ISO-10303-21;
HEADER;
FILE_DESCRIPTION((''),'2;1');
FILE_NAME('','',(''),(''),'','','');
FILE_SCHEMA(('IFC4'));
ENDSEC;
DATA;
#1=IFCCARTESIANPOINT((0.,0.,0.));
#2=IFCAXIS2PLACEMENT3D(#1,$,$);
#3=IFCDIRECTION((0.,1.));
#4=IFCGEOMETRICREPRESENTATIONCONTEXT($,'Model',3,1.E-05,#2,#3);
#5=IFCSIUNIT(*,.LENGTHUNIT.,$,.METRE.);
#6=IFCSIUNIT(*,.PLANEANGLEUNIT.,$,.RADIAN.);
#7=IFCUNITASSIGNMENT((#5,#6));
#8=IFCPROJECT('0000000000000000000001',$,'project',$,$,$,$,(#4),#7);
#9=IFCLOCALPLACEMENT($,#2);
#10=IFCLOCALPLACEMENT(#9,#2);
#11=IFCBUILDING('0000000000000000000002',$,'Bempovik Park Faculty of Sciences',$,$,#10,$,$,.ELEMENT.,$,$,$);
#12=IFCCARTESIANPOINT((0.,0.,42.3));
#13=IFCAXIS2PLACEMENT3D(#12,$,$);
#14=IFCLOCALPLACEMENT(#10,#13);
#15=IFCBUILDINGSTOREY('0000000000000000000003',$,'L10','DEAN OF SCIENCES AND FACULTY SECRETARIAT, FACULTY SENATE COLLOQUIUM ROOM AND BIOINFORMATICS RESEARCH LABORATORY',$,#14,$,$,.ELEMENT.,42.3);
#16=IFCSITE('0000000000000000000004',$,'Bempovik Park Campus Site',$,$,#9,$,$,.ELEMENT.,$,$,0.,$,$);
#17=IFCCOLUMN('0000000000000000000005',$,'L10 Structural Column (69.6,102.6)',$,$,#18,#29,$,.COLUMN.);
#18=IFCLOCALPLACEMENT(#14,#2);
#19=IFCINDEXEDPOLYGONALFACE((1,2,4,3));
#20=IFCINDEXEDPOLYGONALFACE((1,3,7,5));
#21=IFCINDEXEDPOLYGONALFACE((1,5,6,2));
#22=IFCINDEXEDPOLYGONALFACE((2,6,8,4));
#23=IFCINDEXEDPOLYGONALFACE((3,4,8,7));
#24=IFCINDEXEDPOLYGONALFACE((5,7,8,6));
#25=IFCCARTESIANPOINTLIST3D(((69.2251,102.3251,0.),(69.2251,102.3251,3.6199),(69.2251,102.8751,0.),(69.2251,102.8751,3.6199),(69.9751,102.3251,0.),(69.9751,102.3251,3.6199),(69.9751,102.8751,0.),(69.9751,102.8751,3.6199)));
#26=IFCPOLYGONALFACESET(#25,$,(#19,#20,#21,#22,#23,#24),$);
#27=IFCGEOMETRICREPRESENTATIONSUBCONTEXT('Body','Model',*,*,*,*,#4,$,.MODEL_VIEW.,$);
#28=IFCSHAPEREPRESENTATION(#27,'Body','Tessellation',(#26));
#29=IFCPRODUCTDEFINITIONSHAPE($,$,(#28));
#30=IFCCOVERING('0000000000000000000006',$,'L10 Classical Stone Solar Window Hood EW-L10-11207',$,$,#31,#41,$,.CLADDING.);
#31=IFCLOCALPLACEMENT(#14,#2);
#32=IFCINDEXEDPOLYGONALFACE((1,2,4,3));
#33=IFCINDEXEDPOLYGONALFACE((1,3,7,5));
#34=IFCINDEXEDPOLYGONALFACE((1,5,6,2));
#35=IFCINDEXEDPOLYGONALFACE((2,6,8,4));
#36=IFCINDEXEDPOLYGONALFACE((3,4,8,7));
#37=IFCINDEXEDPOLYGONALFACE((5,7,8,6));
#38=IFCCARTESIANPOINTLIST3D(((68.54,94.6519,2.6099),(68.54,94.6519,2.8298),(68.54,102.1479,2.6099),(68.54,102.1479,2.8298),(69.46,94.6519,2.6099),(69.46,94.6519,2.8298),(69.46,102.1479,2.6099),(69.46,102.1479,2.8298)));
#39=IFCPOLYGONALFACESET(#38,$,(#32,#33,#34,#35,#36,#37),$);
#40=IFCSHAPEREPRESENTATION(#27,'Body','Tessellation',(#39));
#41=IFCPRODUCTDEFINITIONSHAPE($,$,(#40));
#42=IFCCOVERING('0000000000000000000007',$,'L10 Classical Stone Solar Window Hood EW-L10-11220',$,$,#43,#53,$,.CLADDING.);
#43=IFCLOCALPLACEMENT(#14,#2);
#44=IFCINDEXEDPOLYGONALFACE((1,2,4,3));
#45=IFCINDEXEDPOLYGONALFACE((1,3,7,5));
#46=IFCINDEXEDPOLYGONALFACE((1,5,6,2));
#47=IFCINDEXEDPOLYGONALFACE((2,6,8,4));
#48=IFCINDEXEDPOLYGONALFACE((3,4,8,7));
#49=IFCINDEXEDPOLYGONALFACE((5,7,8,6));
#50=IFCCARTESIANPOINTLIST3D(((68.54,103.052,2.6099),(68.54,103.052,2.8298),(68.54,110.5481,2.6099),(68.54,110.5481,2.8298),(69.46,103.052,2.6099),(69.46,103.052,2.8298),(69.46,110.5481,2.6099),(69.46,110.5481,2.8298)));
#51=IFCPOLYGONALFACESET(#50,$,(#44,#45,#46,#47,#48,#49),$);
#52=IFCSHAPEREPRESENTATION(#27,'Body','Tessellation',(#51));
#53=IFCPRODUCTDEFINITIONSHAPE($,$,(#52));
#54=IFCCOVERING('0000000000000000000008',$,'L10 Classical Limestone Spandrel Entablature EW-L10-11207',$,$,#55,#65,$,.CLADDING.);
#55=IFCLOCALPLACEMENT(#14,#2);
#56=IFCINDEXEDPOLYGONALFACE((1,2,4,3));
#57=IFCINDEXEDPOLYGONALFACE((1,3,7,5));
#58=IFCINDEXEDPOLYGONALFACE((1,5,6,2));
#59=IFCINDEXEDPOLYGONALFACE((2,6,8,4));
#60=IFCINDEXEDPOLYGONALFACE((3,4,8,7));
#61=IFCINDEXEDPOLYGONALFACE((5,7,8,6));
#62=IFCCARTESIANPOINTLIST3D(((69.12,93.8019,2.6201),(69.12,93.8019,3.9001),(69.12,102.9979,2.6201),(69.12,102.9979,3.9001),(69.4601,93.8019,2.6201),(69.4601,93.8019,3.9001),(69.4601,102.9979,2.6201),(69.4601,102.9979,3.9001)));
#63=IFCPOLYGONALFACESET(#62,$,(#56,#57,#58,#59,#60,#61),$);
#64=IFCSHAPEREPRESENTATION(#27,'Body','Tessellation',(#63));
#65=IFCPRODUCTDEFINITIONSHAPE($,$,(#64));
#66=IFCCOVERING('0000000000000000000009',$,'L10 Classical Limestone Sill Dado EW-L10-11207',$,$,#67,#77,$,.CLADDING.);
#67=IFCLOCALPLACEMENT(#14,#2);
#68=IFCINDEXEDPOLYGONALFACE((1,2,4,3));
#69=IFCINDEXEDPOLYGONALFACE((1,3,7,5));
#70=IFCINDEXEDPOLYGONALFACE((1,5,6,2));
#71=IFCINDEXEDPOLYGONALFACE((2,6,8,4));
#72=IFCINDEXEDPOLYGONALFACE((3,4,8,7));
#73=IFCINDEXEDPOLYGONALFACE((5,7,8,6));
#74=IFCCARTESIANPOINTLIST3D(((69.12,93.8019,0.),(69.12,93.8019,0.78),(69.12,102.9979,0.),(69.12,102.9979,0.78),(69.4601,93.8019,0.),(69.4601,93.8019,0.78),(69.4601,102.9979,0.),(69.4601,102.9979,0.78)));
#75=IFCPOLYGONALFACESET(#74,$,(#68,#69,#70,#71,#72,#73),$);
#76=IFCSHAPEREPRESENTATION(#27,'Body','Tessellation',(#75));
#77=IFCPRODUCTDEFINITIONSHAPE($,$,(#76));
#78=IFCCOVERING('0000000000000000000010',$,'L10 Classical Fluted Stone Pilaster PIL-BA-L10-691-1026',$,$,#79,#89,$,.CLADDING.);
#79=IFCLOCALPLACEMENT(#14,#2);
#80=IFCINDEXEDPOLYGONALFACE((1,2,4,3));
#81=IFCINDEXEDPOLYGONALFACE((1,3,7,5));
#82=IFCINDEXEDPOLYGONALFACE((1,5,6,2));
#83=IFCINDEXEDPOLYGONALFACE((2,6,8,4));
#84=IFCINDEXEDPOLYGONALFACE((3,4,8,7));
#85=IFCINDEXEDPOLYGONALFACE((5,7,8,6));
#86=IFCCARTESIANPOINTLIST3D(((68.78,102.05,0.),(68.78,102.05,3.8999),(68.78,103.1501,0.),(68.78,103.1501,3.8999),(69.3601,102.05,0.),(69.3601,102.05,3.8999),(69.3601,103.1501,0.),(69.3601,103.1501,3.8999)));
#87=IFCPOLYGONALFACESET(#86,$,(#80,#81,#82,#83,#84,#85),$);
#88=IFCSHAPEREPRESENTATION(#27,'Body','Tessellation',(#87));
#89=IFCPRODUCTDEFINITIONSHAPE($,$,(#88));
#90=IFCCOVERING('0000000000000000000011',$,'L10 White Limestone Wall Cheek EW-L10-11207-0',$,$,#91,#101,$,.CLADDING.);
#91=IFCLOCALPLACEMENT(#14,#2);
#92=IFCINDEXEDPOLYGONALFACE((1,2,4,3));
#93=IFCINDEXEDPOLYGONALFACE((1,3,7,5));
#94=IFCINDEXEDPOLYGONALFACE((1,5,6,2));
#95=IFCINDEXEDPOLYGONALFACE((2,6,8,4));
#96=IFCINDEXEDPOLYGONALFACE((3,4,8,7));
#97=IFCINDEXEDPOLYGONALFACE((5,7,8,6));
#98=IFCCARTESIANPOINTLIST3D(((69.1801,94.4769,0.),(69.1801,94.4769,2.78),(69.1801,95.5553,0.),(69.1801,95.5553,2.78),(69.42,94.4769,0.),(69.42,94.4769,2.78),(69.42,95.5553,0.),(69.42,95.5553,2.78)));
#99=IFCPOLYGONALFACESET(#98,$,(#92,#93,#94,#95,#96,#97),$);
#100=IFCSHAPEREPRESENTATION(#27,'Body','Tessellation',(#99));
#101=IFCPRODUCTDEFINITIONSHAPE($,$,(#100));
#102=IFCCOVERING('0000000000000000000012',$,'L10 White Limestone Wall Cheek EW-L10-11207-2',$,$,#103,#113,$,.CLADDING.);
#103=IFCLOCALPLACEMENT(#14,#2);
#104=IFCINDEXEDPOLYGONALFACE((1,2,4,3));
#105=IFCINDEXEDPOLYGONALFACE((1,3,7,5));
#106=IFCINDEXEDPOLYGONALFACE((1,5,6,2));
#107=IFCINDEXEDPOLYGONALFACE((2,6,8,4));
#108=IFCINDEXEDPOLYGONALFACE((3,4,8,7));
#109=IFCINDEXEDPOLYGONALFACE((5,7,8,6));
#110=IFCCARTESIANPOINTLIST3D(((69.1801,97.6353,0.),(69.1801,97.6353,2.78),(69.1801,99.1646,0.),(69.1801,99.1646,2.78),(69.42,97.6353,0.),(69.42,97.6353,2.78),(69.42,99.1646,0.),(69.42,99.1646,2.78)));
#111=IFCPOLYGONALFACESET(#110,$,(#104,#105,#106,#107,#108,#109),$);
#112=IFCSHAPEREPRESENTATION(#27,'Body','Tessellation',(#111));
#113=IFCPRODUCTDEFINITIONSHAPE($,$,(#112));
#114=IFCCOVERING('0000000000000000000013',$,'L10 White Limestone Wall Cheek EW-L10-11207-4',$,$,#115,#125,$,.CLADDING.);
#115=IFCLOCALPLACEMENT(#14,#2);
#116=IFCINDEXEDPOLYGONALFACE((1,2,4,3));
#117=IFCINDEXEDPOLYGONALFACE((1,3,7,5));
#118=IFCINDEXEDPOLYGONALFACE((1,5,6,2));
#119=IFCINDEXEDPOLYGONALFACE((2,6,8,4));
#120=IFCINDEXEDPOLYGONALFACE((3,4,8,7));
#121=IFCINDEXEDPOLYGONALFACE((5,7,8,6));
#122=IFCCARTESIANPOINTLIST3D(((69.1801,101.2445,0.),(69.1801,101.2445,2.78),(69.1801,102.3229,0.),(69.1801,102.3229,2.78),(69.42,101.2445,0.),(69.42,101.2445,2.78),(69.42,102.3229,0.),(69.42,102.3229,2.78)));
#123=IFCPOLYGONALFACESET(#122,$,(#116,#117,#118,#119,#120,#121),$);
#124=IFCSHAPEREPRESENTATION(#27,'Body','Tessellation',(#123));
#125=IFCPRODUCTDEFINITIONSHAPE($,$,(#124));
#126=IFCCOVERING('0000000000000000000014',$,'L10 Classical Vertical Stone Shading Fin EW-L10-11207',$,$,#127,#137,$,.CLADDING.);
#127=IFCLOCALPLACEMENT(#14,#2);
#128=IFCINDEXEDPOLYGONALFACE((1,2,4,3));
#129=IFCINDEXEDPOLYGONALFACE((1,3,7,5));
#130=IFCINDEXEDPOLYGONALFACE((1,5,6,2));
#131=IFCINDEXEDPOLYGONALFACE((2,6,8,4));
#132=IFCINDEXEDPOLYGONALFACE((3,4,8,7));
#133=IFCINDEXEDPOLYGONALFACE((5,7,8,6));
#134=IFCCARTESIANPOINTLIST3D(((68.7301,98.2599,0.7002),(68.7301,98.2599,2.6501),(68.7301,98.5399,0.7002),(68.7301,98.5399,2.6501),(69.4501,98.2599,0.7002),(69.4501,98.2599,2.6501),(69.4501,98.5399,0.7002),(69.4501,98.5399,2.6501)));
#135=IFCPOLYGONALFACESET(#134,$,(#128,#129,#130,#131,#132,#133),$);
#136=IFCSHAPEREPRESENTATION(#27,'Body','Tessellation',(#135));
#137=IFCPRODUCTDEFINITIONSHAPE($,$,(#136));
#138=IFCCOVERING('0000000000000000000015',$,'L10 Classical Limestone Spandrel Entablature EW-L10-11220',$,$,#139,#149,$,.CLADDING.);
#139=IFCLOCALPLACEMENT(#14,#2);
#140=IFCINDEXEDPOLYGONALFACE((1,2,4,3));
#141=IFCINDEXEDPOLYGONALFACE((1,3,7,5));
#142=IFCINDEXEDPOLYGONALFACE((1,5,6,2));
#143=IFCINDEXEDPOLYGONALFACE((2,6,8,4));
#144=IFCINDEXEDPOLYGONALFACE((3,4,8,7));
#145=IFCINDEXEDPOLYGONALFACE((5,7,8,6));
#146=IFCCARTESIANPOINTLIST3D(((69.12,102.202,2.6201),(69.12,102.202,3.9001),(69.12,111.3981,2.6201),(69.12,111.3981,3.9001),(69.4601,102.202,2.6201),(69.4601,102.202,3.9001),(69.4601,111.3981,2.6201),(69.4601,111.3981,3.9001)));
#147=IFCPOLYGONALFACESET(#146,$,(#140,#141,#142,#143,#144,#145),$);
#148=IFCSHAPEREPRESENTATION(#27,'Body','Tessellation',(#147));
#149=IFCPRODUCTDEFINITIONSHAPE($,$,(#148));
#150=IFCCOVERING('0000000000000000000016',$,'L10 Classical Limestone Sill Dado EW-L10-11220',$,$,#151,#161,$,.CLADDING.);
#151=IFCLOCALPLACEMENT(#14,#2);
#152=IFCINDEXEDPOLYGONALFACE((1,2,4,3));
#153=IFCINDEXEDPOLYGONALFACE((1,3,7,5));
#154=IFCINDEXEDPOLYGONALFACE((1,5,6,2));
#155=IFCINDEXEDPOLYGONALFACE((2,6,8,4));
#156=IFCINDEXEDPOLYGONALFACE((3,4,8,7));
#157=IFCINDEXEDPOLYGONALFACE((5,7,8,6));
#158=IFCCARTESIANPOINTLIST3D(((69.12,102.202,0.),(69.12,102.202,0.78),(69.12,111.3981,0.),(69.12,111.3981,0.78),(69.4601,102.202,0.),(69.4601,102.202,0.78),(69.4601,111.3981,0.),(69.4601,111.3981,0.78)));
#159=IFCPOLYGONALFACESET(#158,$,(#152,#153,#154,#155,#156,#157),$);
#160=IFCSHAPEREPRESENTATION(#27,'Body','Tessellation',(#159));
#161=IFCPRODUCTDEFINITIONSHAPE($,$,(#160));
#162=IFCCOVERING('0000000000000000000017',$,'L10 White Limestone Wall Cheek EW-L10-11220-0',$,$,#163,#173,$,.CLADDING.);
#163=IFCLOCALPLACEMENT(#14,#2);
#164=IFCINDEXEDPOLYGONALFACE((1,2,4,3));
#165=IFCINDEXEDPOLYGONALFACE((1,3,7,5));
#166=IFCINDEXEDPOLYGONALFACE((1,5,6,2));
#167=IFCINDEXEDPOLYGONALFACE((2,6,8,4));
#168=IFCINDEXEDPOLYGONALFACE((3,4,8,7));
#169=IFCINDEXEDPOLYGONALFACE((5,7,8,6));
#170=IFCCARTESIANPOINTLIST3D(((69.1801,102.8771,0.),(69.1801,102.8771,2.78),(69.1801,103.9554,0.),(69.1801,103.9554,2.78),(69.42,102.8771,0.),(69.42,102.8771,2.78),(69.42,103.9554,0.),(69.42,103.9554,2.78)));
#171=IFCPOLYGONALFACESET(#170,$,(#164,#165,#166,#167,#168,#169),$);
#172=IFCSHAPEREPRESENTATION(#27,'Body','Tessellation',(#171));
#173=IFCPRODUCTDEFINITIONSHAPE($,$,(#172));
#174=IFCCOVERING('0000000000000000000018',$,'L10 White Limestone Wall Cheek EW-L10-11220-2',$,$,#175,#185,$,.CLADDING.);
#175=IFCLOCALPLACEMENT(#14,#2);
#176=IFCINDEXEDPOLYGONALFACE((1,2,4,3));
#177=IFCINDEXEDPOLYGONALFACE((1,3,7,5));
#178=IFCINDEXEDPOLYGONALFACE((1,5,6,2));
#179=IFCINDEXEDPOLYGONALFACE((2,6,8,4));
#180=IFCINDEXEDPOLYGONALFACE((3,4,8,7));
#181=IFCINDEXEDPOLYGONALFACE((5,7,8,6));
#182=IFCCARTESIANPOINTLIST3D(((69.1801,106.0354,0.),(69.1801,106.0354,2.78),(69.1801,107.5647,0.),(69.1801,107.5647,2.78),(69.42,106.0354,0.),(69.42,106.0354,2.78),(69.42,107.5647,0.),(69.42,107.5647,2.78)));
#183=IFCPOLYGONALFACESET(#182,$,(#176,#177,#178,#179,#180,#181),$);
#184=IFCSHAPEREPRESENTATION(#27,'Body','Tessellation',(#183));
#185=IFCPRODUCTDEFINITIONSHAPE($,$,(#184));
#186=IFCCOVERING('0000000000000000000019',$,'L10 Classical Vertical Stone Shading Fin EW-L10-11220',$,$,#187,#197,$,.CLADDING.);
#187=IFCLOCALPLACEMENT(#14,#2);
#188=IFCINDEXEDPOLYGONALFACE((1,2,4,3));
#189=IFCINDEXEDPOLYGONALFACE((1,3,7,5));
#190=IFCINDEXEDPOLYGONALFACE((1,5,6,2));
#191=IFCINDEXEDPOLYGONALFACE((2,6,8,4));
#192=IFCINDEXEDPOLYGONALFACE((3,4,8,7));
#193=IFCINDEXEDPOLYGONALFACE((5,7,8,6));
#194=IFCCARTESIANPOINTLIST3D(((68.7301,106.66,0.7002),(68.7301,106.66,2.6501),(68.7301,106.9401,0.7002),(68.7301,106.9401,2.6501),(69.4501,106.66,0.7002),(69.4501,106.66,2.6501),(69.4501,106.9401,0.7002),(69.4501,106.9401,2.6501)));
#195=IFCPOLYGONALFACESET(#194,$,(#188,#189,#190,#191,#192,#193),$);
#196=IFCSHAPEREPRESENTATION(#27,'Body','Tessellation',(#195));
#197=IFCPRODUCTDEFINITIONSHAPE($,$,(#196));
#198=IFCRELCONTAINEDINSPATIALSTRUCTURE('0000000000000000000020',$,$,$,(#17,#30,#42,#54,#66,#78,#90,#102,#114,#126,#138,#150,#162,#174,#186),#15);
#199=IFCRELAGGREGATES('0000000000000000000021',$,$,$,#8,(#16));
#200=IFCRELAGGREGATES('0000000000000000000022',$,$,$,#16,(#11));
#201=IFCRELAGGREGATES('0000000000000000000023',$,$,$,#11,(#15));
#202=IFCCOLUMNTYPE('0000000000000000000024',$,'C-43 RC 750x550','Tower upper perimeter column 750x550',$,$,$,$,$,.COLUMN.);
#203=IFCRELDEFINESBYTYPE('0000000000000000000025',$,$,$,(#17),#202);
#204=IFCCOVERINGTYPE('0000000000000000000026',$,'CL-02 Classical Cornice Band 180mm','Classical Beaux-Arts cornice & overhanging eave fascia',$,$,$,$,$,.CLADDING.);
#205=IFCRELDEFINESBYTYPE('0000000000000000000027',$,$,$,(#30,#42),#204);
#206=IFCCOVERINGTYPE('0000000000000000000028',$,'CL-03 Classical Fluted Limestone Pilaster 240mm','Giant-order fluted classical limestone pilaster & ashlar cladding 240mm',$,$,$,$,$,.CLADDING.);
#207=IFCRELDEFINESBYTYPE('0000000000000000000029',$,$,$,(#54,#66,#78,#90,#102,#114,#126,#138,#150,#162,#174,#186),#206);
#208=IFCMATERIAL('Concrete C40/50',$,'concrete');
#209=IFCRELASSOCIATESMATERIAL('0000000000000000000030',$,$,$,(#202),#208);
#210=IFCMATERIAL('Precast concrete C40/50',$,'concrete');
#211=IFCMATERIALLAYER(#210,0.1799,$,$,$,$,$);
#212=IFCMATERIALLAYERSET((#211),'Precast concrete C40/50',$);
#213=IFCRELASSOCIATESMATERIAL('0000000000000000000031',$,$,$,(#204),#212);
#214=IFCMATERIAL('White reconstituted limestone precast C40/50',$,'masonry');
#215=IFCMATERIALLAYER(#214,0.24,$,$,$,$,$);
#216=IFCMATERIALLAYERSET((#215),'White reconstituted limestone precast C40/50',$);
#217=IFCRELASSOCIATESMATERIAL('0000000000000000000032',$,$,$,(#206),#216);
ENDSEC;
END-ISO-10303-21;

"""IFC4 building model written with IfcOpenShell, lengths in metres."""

from ifc_helpers import new_model, si_unit, direction, frame, origin, origin_2d, place, context, subcontext, project, spatial, rectangle, extrude, material, layer, layer_set, material_profile, profile_set, type_object, element, save


model = new_model("IFC4")

# Units and contexts
model_context = context("Model", 3, precision=1e-05, world=origin(), true_north=direction((0.0, 1.0)))
body_context = subcontext(model_context, "Body", "Model", "MODEL_VIEW")
ifc_project = project(units=[si_unit("LENGTHUNIT", "METRE"), si_unit("PLANEANGLEUNIT", "RADIAN")], contexts=[model_context])

# Site, building, storey
site_placement = place(None, origin())
site = spatial("IfcSite", under=ifc_project, at=site_placement, Name="Bempovik Park Campus Site", CompositionType="ELEMENT", RefElevation=0.0)
building_placement = place(site_placement, origin())
building = spatial("IfcBuilding", under=site, at=building_placement, Name="Bempovik Park Faculty of Sciences", CompositionType="ELEMENT")
storey_placement = place(building_placement, frame((0.0, 0.0, 42.3)))
storey = spatial("IfcBuildingStorey", under=building, at=storey_placement, Name="L10", Description="DEAN OF SCIENCES AND FACULTY SECRETARIAT, FACULTY SENATE COLLOQUIUM ROOM AND BIOINFORMATICS RESEARCH LABORATORY", CompositionType="ELEMENT", Elevation=42.3)

# Column
ifc_material_1 = material(Name="Concrete C40/50", Category="concrete")
ifc_material_profile = material_profile(ifc_material_1, rectangle(XDim=0.75, YDim=0.55, at=origin_2d()), Name="RC 750x550")
ifc_profile_set = profile_set([ifc_material_profile], Name="Concrete C40/50")
column_type = type_object("IfcColumnType", Name="C-43 RC 750x550", Description="Tower upper perimeter column 750x550", PredefinedType="COLUMN", material=ifc_profile_set)
column_placement = place(storey_placement, frame((69.6001, 102.6001, 0.0), z_axis=(0.0, 0.0, 1.0), x_axis=(1.0, 0.0, 0.0)))
element("IfcColumn", 1, at=column_placement, inside=storey, type_object=column_type, Name="L10 Structural Column (69.6,102.6)", PredefinedType="COLUMN", context=body_context, shape_type="SweptSolid", body=[
    extrude(rectangle(XDim=0.75, YDim=0.55, at=origin_2d()), origin(), (0.0, 0.0, 1.0), 3.6199),
])

# Coverings
ifc_material_2 = material(Name="Precast concrete C40/50", Category="concrete")
ifc_layer_1 = layer(ifc_material_2, 0.1799)
ifc_layer_set_1 = layer_set([ifc_layer_1], Name="Precast concrete C40/50")
covering_type_1 = type_object("IfcCoveringType", Name="CL-02 Classical Cornice Band 180mm", Description="Classical Beaux-Arts cornice & overhanging eave fascia", PredefinedType="CLADDING", material=ifc_layer_set_1)
for number, where, z_axis, x_axis, name in (
    (2, (69.0, 98.3999, 2.6099), (0.0, 0.0, 1.0), (1.0, 0.0, 0.0), "L10 Classical Stone Solar Window Hood EW-L10-11207"),
    (3, (69.0, 106.8, 2.6099), (0.0, 0.0, 1.0), (1.0, 0.0, 0.0), "L10 Classical Stone Solar Window Hood EW-L10-11220"),
):
    element("IfcCovering", number, at=place(storey_placement, frame(where, z_axis=z_axis, x_axis=x_axis)), inside=storey, type_object=covering_type_1, Name=name, PredefinedType="CLADDING", context=body_context, shape_type="SweptSolid", body=[
        extrude(rectangle(XDim=0.9199, YDim=7.4961, at=origin_2d()), origin(), (0.0, 0.0, 1.0), 0.22),
    ])
ifc_material_3 = material(Name="White reconstituted limestone precast C40/50", Category="masonry")
ifc_layer_2 = layer(ifc_material_3, 0.24)
ifc_layer_set_2 = layer_set([ifc_layer_2], Name="White reconstituted limestone precast C40/50")
covering_type_2 = type_object("IfcCoveringType", Name="CL-03 Classical Fluted Limestone Pilaster 240mm", Description="Giant-order fluted classical limestone pilaster & ashlar cladding 240mm", PredefinedType="CLADDING", material=ifc_layer_set_2)
covering_1_placement = place(storey_placement, frame((69.29, 98.3999, 2.6201), z_axis=(0.0, 0.0, 1.0), x_axis=(1.0, 0.0, 0.0)))
element("IfcCovering", 4, at=covering_1_placement, inside=storey, type_object=covering_type_2, Name="L10 Classical Limestone Spandrel Entablature EW-L10-11207", PredefinedType="CLADDING", context=body_context, shape_type="SweptSolid", body=[
    extrude(rectangle(XDim=0.3401, YDim=9.196, at=origin_2d()), origin(), (0.0, 0.0, 1.0), 1.28),
])
covering_2_placement = place(storey_placement, frame((69.29, 98.3999, 0.0), z_axis=(0.0, 0.0, 1.0), x_axis=(1.0, 0.0, 0.0)))
element("IfcCovering", 5, at=covering_2_placement, inside=storey, type_object=covering_type_2, Name="L10 Classical Limestone Sill Dado EW-L10-11207", PredefinedType="CLADDING", context=body_context, shape_type="SweptSolid", body=[
    extrude(rectangle(XDim=0.3401, YDim=9.196, at=origin_2d()), origin(), (0.0, 0.0, 1.0), 0.78),
])
covering_3_placement = place(storey_placement, frame((69.0701, 102.6001, 0.0), z_axis=(0.0, 0.0, 1.0), x_axis=(1.0, 0.0, 0.0)))
element("IfcCovering", 6, at=covering_3_placement, inside=storey, type_object=covering_type_2, Name="L10 Classical Fluted Stone Pilaster PIL-BA-L10-691-1026", PredefinedType="CLADDING", context=body_context, shape_type="SweptSolid", body=[
    extrude(rectangle(XDim=0.5801, YDim=1.1001, at=origin_2d()), origin(), (0.0, 0.0, 1.0), 3.8999),
])
covering_4_placement = place(storey_placement, frame((69.3, 95.0161, 0.0), z_axis=(0.0, 0.0, 1.0), x_axis=(1.0, 0.0, 0.0)))
element("IfcCovering", 7, at=covering_4_placement, inside=storey, type_object=covering_type_2, Name="L10 White Limestone Wall Cheek EW-L10-11207-0", PredefinedType="CLADDING", context=body_context, shape_type="SweptSolid", body=[
    extrude(rectangle(XDim=0.24, YDim=1.0784, at=origin_2d()), origin(), (0.0, 0.0, 1.0), 2.78),
])
covering_5_placement = place(storey_placement, frame((69.3, 98.3999, 0.0), z_axis=(0.0, 0.0, 1.0), x_axis=(1.0, 0.0, 0.0)))
element("IfcCovering", 8, at=covering_5_placement, inside=storey, type_object=covering_type_2, Name="L10 White Limestone Wall Cheek EW-L10-11207-2", PredefinedType="CLADDING", context=body_context, shape_type="SweptSolid", body=[
    extrude(rectangle(XDim=0.24, YDim=1.5293, at=origin_2d()), origin(), (0.0, 0.0, 1.0), 2.78),
])
covering_6_placement = place(storey_placement, frame((69.3, 101.7837, 0.0), z_axis=(0.0, 0.0, 1.0), x_axis=(1.0, 0.0, 0.0)))
element("IfcCovering", 9, at=covering_6_placement, inside=storey, type_object=covering_type_2, Name="L10 White Limestone Wall Cheek EW-L10-11207-4", PredefinedType="CLADDING", context=body_context, shape_type="SweptSolid", body=[
    extrude(rectangle(XDim=0.24, YDim=1.0784, at=origin_2d()), origin(), (0.0, 0.0, 1.0), 2.78),
])
covering_7_placement = place(storey_placement, frame((69.0901, 98.3999, 0.7002), z_axis=(0.0, 0.0, 1.0), x_axis=(1.0, 0.0, 0.0)))
element("IfcCovering", 10, at=covering_7_placement, inside=storey, type_object=covering_type_2, Name="L10 Classical Vertical Stone Shading Fin EW-L10-11207", PredefinedType="CLADDING", context=body_context, shape_type="SweptSolid", body=[
    extrude(rectangle(XDim=0.72, YDim=0.28, at=origin_2d()), origin(), (0.0, 0.0, 1.0), 1.95),
])
covering_8_placement = place(storey_placement, frame((69.29, 106.8, 2.6201), z_axis=(0.0, 0.0, 1.0), x_axis=(1.0, 0.0, 0.0)))
element("IfcCovering", 11, at=covering_8_placement, inside=storey, type_object=covering_type_2, Name="L10 Classical Limestone Spandrel Entablature EW-L10-11220", PredefinedType="CLADDING", context=body_context, shape_type="SweptSolid", body=[
    extrude(rectangle(XDim=0.3401, YDim=9.196, at=origin_2d()), origin(), (0.0, 0.0, 1.0), 1.28),
])
covering_9_placement = place(storey_placement, frame((69.29, 106.8, 0.0), z_axis=(0.0, 0.0, 1.0), x_axis=(1.0, 0.0, 0.0)))
element("IfcCovering", 12, at=covering_9_placement, inside=storey, type_object=covering_type_2, Name="L10 Classical Limestone Sill Dado EW-L10-11220", PredefinedType="CLADDING", context=body_context, shape_type="SweptSolid", body=[
    extrude(rectangle(XDim=0.3401, YDim=9.196, at=origin_2d()), origin(), (0.0, 0.0, 1.0), 0.78),
])
covering_10_placement = place(storey_placement, frame((69.3, 103.4163, 0.0), z_axis=(0.0, 0.0, 1.0), x_axis=(1.0, 0.0, 0.0)))
element("IfcCovering", 13, at=covering_10_placement, inside=storey, type_object=covering_type_2, Name="L10 White Limestone Wall Cheek EW-L10-11220-0", PredefinedType="CLADDING", context=body_context, shape_type="SweptSolid", body=[
    extrude(rectangle(XDim=0.24, YDim=1.0784, at=origin_2d()), origin(), (0.0, 0.0, 1.0), 2.78),
])
covering_11_placement = place(storey_placement, frame((69.3, 106.8, 0.0), z_axis=(0.0, 0.0, 1.0), x_axis=(1.0, 0.0, 0.0)))
element("IfcCovering", 14, at=covering_11_placement, inside=storey, type_object=covering_type_2, Name="L10 White Limestone Wall Cheek EW-L10-11220-2", PredefinedType="CLADDING", context=body_context, shape_type="SweptSolid", body=[
    extrude(rectangle(XDim=0.24, YDim=1.5293, at=origin_2d()), origin(), (0.0, 0.0, 1.0), 2.78),
])
covering_12_placement = place(storey_placement, frame((69.0901, 106.8, 0.7002), z_axis=(0.0, 0.0, 1.0), x_axis=(1.0, 0.0, 0.0)))
element("IfcCovering", 15, at=covering_12_placement, inside=storey, type_object=covering_type_2, Name="L10 Classical Vertical Stone Shading Fin EW-L10-11220", PredefinedType="CLADDING", context=body_context, shape_type="SweptSolid", body=[
    extrude(rectangle(XDim=0.72, YDim=0.28, at=origin_2d()), origin(), (0.0, 0.0, 1.0), 1.95),
])

save(model, "model.ifc")
